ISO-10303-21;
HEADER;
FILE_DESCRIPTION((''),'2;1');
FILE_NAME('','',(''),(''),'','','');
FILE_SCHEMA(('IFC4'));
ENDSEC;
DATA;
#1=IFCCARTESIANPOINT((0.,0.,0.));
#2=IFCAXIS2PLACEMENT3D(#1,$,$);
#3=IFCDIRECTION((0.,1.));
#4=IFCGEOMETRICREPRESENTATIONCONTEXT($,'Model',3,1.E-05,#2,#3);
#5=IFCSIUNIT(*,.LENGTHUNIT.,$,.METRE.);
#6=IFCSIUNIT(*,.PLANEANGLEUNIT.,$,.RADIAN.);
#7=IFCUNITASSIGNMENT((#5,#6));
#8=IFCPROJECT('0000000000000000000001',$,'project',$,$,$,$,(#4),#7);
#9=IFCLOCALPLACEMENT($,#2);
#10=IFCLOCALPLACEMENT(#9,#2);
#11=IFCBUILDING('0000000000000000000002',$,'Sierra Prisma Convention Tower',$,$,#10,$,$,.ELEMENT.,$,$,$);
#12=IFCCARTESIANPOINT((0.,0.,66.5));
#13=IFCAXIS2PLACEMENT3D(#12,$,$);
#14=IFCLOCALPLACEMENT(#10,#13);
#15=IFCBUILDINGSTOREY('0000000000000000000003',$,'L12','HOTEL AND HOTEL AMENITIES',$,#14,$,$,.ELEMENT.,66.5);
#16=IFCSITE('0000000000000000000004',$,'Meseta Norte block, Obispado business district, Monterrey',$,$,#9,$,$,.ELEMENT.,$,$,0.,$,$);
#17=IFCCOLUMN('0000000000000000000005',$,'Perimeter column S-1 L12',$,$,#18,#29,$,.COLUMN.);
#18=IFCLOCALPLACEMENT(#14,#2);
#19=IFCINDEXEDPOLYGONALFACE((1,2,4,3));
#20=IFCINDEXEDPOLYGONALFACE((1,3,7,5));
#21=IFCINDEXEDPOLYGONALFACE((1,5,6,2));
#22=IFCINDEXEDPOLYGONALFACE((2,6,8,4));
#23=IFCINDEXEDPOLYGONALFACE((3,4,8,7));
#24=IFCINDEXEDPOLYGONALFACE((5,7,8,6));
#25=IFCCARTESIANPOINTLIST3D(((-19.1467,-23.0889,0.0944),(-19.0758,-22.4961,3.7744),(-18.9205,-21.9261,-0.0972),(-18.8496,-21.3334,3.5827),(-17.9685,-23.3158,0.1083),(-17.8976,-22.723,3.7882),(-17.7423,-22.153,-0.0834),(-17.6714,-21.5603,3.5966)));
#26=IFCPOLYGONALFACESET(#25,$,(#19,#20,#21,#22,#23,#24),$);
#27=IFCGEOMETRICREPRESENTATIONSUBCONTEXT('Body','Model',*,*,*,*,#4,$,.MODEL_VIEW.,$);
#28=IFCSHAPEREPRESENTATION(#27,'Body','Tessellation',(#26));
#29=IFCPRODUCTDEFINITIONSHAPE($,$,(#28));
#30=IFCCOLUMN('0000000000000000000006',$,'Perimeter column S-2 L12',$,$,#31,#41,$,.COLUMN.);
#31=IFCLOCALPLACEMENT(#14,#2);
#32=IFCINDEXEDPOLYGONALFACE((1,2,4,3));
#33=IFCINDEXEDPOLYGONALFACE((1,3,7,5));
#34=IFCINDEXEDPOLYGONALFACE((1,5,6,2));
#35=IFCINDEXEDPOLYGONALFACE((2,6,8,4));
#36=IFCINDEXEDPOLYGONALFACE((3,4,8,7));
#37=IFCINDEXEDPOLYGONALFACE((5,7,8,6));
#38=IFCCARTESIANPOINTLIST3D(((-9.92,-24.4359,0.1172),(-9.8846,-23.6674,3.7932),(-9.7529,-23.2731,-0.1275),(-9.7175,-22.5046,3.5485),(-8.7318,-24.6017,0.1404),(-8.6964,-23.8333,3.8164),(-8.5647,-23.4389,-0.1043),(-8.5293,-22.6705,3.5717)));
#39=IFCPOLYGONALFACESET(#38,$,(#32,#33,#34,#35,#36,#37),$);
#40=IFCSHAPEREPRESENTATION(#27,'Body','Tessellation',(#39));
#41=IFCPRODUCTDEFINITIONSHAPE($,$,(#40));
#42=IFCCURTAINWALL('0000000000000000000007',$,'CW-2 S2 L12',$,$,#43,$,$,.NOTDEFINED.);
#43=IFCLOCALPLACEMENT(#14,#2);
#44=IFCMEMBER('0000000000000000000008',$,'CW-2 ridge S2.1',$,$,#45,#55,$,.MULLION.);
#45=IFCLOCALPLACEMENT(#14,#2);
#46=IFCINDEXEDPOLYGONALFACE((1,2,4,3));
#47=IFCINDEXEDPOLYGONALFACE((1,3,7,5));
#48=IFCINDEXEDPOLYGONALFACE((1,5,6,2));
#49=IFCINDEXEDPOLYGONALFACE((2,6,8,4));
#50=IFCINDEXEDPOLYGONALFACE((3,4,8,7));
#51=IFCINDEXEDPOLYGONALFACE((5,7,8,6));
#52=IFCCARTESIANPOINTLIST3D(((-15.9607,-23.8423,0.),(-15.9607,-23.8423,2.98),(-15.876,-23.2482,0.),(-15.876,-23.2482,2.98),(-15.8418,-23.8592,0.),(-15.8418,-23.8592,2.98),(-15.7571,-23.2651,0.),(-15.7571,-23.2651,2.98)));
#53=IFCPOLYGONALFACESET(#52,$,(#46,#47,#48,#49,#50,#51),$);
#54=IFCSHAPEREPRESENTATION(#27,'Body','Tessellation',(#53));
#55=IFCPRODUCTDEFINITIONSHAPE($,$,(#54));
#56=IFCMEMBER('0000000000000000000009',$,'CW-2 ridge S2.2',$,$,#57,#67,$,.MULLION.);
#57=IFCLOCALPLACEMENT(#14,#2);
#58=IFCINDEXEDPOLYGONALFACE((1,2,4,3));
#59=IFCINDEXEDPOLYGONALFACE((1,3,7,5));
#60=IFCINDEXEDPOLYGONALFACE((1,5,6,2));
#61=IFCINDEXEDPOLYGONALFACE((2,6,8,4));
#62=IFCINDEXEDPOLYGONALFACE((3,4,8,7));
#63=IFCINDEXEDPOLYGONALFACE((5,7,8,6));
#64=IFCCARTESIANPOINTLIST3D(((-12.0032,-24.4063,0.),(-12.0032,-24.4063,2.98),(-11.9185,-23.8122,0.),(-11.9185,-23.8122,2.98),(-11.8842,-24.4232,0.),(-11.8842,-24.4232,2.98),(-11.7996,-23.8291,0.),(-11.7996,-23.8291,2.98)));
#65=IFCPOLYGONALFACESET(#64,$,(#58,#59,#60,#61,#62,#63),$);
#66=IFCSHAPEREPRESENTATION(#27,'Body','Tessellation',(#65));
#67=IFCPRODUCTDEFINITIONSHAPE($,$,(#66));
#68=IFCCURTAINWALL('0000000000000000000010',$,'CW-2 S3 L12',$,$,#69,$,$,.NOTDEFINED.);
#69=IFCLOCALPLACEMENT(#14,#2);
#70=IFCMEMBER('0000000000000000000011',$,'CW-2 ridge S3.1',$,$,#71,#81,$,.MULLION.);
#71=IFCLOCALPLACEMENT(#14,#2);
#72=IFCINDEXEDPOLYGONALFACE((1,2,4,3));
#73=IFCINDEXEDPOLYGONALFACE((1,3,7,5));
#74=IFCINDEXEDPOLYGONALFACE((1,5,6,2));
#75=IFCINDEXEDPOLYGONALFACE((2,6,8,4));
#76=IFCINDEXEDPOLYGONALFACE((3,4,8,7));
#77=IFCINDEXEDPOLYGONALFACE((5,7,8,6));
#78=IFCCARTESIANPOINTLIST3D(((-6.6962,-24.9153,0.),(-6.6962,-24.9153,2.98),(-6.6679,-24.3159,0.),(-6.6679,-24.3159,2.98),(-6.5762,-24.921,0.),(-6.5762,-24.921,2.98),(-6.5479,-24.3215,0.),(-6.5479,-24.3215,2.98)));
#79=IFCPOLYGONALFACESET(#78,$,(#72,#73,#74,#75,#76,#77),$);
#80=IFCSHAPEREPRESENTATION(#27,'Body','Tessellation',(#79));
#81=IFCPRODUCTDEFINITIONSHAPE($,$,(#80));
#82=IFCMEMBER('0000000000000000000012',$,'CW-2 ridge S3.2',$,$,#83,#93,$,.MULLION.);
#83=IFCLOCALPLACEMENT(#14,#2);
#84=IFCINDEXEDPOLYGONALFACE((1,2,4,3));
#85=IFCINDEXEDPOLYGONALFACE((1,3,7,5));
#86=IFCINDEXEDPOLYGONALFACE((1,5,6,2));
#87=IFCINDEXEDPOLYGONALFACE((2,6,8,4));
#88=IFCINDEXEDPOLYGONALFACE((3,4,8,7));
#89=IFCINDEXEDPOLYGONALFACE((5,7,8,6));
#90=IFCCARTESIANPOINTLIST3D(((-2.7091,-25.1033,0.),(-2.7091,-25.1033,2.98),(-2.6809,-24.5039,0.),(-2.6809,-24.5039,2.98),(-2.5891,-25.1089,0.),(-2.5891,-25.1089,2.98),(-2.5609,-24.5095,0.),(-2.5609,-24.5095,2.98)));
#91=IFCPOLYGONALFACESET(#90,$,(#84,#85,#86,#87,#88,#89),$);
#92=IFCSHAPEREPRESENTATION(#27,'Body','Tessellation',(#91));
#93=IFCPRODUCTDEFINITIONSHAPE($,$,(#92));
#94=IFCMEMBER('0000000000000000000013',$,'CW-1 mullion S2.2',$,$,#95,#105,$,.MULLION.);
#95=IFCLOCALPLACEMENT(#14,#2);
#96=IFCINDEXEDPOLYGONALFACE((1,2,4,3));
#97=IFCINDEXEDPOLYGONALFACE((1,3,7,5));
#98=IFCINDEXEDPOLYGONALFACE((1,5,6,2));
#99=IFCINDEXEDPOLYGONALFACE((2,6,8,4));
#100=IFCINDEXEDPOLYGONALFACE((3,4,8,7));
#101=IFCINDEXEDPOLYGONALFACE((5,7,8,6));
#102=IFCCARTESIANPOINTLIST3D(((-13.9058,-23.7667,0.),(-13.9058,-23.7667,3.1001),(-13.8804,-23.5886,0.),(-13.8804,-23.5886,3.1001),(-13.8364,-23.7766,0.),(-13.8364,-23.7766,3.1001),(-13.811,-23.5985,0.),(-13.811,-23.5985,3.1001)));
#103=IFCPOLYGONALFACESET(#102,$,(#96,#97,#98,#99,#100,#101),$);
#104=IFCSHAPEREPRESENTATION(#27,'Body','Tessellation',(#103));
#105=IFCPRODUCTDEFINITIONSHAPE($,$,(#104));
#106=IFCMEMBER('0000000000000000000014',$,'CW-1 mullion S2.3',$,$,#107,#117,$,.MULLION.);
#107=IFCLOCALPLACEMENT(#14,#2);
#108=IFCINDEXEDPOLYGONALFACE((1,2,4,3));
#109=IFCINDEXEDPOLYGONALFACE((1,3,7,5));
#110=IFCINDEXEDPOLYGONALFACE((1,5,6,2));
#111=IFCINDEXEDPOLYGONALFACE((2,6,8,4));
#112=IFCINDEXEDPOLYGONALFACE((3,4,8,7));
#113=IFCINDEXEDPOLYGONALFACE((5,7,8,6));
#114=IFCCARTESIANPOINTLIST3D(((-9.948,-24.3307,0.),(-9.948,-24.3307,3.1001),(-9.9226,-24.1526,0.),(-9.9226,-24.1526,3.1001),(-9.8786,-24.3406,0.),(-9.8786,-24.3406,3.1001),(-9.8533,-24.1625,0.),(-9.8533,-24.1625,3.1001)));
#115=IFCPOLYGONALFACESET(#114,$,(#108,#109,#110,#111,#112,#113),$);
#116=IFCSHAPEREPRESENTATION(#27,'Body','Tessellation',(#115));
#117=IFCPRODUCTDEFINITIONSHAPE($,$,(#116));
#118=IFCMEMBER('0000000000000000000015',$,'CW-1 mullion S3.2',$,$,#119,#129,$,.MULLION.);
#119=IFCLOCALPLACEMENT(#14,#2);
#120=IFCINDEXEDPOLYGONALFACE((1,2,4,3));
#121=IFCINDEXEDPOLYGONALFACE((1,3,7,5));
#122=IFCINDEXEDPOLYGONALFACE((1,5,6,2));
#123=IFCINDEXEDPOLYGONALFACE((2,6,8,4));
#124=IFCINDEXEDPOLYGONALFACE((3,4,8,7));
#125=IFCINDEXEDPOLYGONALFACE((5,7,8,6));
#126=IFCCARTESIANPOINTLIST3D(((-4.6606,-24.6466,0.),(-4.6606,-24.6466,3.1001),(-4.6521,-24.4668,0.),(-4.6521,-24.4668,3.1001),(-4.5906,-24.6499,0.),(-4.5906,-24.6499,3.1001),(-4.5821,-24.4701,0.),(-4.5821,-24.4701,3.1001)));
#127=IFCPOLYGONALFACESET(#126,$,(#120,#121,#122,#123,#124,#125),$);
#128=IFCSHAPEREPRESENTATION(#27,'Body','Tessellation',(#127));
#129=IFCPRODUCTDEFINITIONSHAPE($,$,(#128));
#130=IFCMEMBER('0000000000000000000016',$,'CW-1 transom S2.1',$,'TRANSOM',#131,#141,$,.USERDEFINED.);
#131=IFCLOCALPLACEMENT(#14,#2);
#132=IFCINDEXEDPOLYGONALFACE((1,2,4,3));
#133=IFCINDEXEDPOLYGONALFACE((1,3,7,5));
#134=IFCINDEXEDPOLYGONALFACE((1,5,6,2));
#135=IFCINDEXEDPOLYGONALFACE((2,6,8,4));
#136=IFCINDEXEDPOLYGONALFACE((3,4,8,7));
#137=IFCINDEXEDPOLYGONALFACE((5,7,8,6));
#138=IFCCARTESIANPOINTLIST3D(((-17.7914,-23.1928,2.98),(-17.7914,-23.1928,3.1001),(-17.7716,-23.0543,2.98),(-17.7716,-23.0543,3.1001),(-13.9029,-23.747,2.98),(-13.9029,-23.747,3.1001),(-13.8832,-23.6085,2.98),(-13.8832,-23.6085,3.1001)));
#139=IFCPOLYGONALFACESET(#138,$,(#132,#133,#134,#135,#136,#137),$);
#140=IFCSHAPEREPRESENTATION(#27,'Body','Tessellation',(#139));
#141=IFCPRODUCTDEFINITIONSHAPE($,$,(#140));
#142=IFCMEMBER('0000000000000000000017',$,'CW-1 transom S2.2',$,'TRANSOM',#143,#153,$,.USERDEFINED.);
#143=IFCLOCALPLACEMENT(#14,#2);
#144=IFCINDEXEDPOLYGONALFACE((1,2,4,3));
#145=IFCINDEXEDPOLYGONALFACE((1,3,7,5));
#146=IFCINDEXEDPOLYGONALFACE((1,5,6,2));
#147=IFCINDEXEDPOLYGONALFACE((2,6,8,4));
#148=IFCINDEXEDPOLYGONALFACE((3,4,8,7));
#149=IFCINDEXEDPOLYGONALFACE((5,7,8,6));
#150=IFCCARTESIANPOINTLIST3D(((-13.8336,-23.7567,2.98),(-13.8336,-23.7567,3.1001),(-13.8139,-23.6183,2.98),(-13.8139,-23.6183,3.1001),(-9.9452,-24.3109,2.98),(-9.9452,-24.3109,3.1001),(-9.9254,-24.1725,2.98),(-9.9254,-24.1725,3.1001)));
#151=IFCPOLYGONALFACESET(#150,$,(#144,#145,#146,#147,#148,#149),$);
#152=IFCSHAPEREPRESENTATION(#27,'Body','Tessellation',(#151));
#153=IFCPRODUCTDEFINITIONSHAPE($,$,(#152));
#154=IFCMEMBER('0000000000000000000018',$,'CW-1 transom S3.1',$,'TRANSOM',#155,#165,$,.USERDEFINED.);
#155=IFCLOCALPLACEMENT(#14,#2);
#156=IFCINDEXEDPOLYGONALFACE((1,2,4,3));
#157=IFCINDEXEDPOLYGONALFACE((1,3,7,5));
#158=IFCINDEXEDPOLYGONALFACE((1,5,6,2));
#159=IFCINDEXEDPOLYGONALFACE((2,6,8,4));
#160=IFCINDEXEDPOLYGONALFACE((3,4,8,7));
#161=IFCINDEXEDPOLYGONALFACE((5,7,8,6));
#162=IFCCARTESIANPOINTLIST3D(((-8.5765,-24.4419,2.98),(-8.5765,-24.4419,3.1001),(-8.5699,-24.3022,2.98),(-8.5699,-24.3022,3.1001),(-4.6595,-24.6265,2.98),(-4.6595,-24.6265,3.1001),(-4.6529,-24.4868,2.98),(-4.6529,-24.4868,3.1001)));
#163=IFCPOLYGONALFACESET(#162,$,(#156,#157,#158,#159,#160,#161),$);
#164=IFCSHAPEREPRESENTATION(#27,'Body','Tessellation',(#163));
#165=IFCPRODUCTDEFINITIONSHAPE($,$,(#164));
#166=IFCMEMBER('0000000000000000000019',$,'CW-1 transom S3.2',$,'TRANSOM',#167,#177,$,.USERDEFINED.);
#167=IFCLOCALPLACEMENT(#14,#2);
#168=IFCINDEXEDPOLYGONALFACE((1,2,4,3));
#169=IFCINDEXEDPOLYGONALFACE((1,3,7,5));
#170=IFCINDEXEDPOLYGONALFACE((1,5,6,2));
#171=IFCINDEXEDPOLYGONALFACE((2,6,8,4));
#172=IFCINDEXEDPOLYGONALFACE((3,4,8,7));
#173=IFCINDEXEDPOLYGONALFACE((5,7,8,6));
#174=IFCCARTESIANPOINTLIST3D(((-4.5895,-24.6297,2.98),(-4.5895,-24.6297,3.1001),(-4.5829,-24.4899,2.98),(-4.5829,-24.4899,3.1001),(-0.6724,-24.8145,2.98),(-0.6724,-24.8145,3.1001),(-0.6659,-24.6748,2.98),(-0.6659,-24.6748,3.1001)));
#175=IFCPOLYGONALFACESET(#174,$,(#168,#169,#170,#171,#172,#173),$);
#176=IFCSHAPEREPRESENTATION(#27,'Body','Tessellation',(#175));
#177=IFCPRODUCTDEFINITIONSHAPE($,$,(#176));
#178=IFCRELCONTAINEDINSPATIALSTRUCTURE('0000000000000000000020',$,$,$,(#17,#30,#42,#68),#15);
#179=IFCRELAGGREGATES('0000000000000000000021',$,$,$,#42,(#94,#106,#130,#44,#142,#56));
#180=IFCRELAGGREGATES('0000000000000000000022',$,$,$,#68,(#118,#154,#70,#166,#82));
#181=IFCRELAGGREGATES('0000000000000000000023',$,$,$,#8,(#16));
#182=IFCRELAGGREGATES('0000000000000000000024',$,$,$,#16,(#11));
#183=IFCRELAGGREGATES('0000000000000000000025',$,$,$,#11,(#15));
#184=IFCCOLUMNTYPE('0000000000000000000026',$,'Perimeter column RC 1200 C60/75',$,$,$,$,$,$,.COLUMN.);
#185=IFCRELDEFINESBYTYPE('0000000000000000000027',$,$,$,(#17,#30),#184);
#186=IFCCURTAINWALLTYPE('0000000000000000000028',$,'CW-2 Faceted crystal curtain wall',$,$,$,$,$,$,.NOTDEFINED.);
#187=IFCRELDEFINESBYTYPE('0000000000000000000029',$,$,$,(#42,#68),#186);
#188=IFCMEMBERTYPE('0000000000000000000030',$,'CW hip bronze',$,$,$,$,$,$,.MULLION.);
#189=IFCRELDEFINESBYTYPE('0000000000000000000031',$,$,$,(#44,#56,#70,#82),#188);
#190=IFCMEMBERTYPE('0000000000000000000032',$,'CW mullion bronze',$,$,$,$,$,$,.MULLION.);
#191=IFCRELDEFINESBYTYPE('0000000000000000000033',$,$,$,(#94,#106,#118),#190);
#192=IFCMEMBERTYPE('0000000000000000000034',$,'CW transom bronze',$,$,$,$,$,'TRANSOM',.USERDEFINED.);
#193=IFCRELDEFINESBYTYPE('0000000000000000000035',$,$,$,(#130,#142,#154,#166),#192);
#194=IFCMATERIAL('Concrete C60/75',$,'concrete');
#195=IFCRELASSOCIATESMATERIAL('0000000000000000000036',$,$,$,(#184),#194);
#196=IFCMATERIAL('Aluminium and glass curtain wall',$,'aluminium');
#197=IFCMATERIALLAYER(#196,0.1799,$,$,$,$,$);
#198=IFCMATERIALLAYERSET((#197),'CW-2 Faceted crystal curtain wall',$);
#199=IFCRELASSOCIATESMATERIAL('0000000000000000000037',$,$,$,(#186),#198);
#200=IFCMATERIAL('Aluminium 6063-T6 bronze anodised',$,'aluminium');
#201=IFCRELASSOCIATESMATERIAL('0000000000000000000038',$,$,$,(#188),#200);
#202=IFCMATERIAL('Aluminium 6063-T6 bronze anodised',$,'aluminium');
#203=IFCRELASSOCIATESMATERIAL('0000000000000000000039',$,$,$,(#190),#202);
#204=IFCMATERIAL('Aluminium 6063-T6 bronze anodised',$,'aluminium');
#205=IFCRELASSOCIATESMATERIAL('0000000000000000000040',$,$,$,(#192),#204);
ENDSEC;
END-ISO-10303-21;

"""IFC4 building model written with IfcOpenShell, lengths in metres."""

from ifc_helpers import new_model, si_unit, direction, frame, origin, origin_2d, place, context, subcontext, project, spatial, rectangle, extrude, clip, halfspace, material, layer, layer_set, material_profile, profile_set, type_object, element, aggregate, save


model = new_model("IFC4")

# Units and contexts
model_context = context("Model", 3, precision=1e-05, world=origin(), true_north=direction((0.0, 1.0)))
body_context = subcontext(model_context, "Body", "Model", "MODEL_VIEW")
ifc_project = project(units=[si_unit("LENGTHUNIT", "METRE"), si_unit("PLANEANGLEUNIT", "RADIAN")], contexts=[model_context])

# Site, building, storey
site_placement = place(None, origin())
site = spatial("IfcSite", under=ifc_project, at=site_placement, Name="Meseta Norte block, Obispado business district, Monterrey", CompositionType="ELEMENT", RefElevation=0.0)
building_placement = place(site_placement, origin())
building = spatial("IfcBuilding", under=site, at=building_placement, Name="Sierra Prisma Convention Tower", CompositionType="ELEMENT")
storey_placement = place(building_placement, frame((0.0, 0.0, 66.5)))
storey = spatial("IfcBuildingStorey", under=building, at=storey_placement, Name="L12", Description="HOTEL AND HOTEL AMENITIES", CompositionType="ELEMENT", Elevation=66.5)

# Columns
ifc_material_1 = material(Name="Concrete C60/75", Category="concrete")
ifc_material_profile_1 = material_profile(ifc_material_1, rectangle(XDim=1.2, YDim=1.2, at=origin_2d()), Name="Perimeter column RC 1200 C60/75")
ifc_profile_set_1 = profile_set([ifc_material_profile_1], Name="Concrete C60/75")
column_type = type_object("IfcColumnType", Name="Perimeter column RC 1200 C60/75", PredefinedType="COLUMN", material=ifc_profile_set_1)
column_1_placement = place(storey_placement, frame((-18.4446, -22.6218, 0.0), z_axis=(0.019019, 0.158991, 0.987097), x_axis=(-0.98189, 0.189098, -0.011539)))
element("IfcColumn", 1, at=column_1_placement, inside=storey, type_object=column_type, Name="Perimeter column S-1 L12", PredefinedType="COLUMN", context=body_context, shape_type="SweptSolid", body=[
    clip(clip(extrude(rectangle(XDim=1.2, YDim=1.2, at=origin_2d()), origin(), (0.0, 0.0, 1.0), 3.7483), halfspace(frame((0.0, 0.0, 0.0056)), True)), halfspace(frame((0.0, 0.0, 3.7336)), False)),
])
column_2_placement = place(storey_placement, frame((-9.2424, -23.9387, 0.0), z_axis=(0.00943, 0.204608, 0.978799), x_axis=(0.990215, -0.1382, 0.01935)))
element("IfcColumn", 2, at=column_2_placement, inside=storey, type_object=column_type, Name="Perimeter column S-2 L12", PredefinedType="COLUMN", context=body_context, shape_type="SweptSolid", body=[
    clip(clip(extrude(rectangle(XDim=1.2, YDim=1.2, at=origin_2d()), origin(), (0.0, 0.0, 1.0), 3.78), halfspace(frame((0.0, 0.0, 0.0066)), True)), halfspace(frame((0.0, 0.0, 3.7622)), False)),
])

# Curtain walls, members
ifc_material_2 = material(Name="Aluminium and glass curtain wall", Category="aluminium")
ifc_layer_1 = layer(ifc_material_2, 0.1799)
ifc_layer_set_1 = layer_set([ifc_layer_1], Name="CW-2 Faceted crystal curtain wall")
curtain_wall_type = type_object("IfcCurtainWallType", Name="CW-2 Faceted crystal curtain wall", PredefinedType="NOTDEFINED", material=ifc_layer_set_1)
curtain_wall_1_placement = place(storey_placement, origin())
curtain_wall_1 = element("IfcCurtainWall", 3, at=curtain_wall_1_placement, inside=storey, type_object=curtain_wall_type, Name="CW-2 S2 L12", PredefinedType="NOTDEFINED")
ifc_material_3 = material(Name="Aluminium 6063-T6 bronze anodised", Category="aluminium")
ifc_material_profile_2 = material_profile(ifc_material_3, rectangle(XDim=0.1201, YDim=0.6001, at=origin_2d()), Name="ALU RIDGE BLADE 120x600")
ifc_profile_set_2 = profile_set([ifc_material_profile_2], Name="Aluminium 6063-T6 bronze anodised")
member_type_1 = type_object("IfcMemberType", Name="CW hip bronze", PredefinedType="MULLION", material=ifc_profile_set_2)
member_1_placement = place(storey_placement, frame((-15.8589, -23.5537, 0.0), z_axis=(0.0, 0.0, 1.0), x_axis=(0.989998, -0.141079, 0.0)))
member_1 = element("IfcMember", 4, at=member_1_placement, type_object=member_type_1, Name="CW-2 ridge S2.1", PredefinedType="MULLION", context=body_context, shape_type="SweptSolid", body=[
    extrude(rectangle(XDim=0.1201, YDim=0.6001, at=origin_2d()), origin(), (0.0, 0.0, 1.0), 2.98),
])
member_2_placement = place(storey_placement, frame((-11.9014, -24.1177, 0.0), z_axis=(0.0, 0.0, 1.0), x_axis=(0.989998, -0.141079, 0.0)))
member_2 = element("IfcMember", 5, at=member_2_placement, type_object=member_type_1, Name="CW-2 ridge S2.2", PredefinedType="MULLION", context=body_context, shape_type="SweptSolid", body=[
    extrude(rectangle(XDim=0.1201, YDim=0.6001, at=origin_2d()), origin(), (0.0, 0.0, 1.0), 2.98),
])
curtain_wall_2_placement = place(storey_placement, origin())
curtain_wall_2 = element("IfcCurtainWall", 6, at=curtain_wall_2_placement, inside=storey, type_object=curtain_wall_type, Name="CW-2 S3 L12", PredefinedType="NOTDEFINED")
member_3_placement = place(storey_placement, frame((-6.6221, -24.6184, 0.0), z_axis=(0.0, 0.0, 1.0), x_axis=(0.99889, -0.047094, 0.0)))
member_3 = element("IfcMember", 7, at=member_3_placement, type_object=member_type_1, Name="CW-2 ridge S3.1", PredefinedType="MULLION", context=body_context, shape_type="SweptSolid", body=[
    extrude(rectangle(XDim=0.1201, YDim=0.6001, at=origin_2d()), origin(), (0.0, 0.0, 1.0), 2.98),
])
member_4_placement = place(storey_placement, frame((-2.635, -24.8064, 0.0), z_axis=(0.0, 0.0, 1.0), x_axis=(0.99889, -0.047094, 0.0)))
member_4 = element("IfcMember", 8, at=member_4_placement, type_object=member_type_1, Name="CW-2 ridge S3.2", PredefinedType="MULLION", context=body_context, shape_type="SweptSolid", body=[
    extrude(rectangle(XDim=0.1201, YDim=0.6001, at=origin_2d()), origin(), (0.0, 0.0, 1.0), 2.98),
])

# Members
ifc_material_4 = material(Name="Aluminium 6063-T6 bronze anodised", Category="aluminium")
ifc_material_profile_3 = material_profile(ifc_material_4, rectangle(XDim=0.1799, YDim=0.0701, at=origin_2d()), Name="ALU MULLION 70x180")
ifc_profile_set_3 = profile_set([ifc_material_profile_3], Name="Aluminium 6063-T6 bronze anodised")
member_type_2 = type_object("IfcMemberType", Name="CW mullion bronze", PredefinedType="MULLION", material=ifc_profile_set_3)
member_5_placement = place(storey_placement, frame((-13.8584, -23.6826, 0.0), z_axis=(0.0, 0.0, 1.0), x_axis=(0.141079, 0.989998, 0.0)))
member_5 = element("IfcMember", 9, at=member_5_placement, type_object=member_type_2, Name="CW-1 mullion S2.2", PredefinedType="MULLION", context=body_context, shape_type="SweptSolid", body=[
    extrude(rectangle(XDim=0.1799, YDim=0.0701, at=origin_2d()), origin(), (0.0, 0.0, 1.0), 3.1001),
])
member_6_placement = place(storey_placement, frame((-9.9006, -24.2466, 0.0), z_axis=(0.0, 0.0, 1.0), x_axis=(0.141079, 0.989998, 0.0)))
member_6 = element("IfcMember", 10, at=member_6_placement, type_object=member_type_2, Name="CW-1 mullion S2.3", PredefinedType="MULLION", context=body_context, shape_type="SweptSolid", body=[
    extrude(rectangle(XDim=0.1799, YDim=0.0701, at=origin_2d()), origin(), (0.0, 0.0, 1.0), 3.1001),
])
member_7_placement = place(storey_placement, frame((-4.6213, -24.5583, 0.0), z_axis=(0.0, 0.0, 1.0), x_axis=(0.047094, 0.99889, 0.0)))
member_7 = element("IfcMember", 11, at=member_7_placement, type_object=member_type_2, Name="CW-1 mullion S3.2", PredefinedType="MULLION", context=body_context, shape_type="SweptSolid", body=[
    extrude(rectangle(XDim=0.1799, YDim=0.0701, at=origin_2d()), origin(), (0.0, 0.0, 1.0), 3.1001),
])
ifc_material_5 = material(Name="Aluminium 6063-T6 bronze anodised", Category="aluminium")
ifc_material_profile_4 = material_profile(ifc_material_5, rectangle(XDim=0.1399, YDim=0.1201, at=origin_2d()), Name="ALU TRANSOM 120x140")
ifc_profile_set_4 = profile_set([ifc_material_profile_4], Name="Aluminium 6063-T6 bronze anodised")
member_type_3 = type_object("IfcMemberType", Name="CW transom bronze", ElementType="TRANSOM", PredefinedType="USERDEFINED", material=ifc_profile_set_4)
member_8_placement = place(storey_placement, frame((-17.7815, -23.1235, 3.04), z_axis=(0.989995, -0.141099, 0.0), x_axis=(0.141099, 0.989995, 0.0)))
member_8 = element("IfcMember", 12, at=member_8_placement, type_object=member_type_3, Name="CW-1 transom S2.1", ObjectType="TRANSOM", PredefinedType="USERDEFINED", context=body_context, shape_type="SweptSolid", body=[
    extrude(rectangle(XDim=0.1399, YDim=0.1201, at=origin_2d()), origin(), (0.0, 0.0, 1.0), 3.9277),
])
member_9_placement = place(storey_placement, frame((-13.8237, -23.6875, 3.04), z_axis=(0.989995, -0.141099, 0.0), x_axis=(0.141099, 0.989995, 0.0)))
member_9 = element("IfcMember", 13, at=member_9_placement, type_object=member_type_3, Name="CW-1 transom S2.2", ObjectType="TRANSOM", PredefinedType="USERDEFINED", context=body_context, shape_type="SweptSolid", body=[
    extrude(rectangle(XDim=0.1399, YDim=0.1201, at=origin_2d()), origin(), (0.0, 0.0, 1.0), 3.9277),
])
member_10_placement = place(storey_placement, frame((-8.5732, -24.3721, 3.04), z_axis=(0.998892, -0.047068, 0.0), x_axis=(0.047068, 0.998892, 0.0)))
member_10 = element("IfcMember", 14, at=member_10_placement, type_object=member_type_3, Name="CW-1 transom S3.1", ObjectType="TRANSOM", PredefinedType="USERDEFINED", context=body_context, shape_type="SweptSolid", body=[
    extrude(rectangle(XDim=0.1399, YDim=0.1201, at=origin_2d()), origin(), (0.0, 0.0, 1.0), 3.9214),
])
member_11_placement = place(storey_placement, frame((-4.5862, -24.5598, 3.04), z_axis=(0.998889, -0.04713, 0.0), x_axis=(0.04713, 0.998889, 0.0)))
member_11 = element("IfcMember", 15, at=member_11_placement, type_object=member_type_3, Name="CW-1 transom S3.2", ObjectType="TRANSOM", PredefinedType="USERDEFINED", context=body_context, shape_type="SweptSolid", body=[
    extrude(rectangle(XDim=0.1399, YDim=0.1201, at=origin_2d()), origin(), (0.0, 0.0, 1.0), 3.9214),
])

aggregate(curtain_wall_1, [member_5, member_6, member_8, member_1, member_9, member_2])
aggregate(curtain_wall_2, [member_7, member_10, member_3, member_11, member_4])

save(model, "model.ifc")
